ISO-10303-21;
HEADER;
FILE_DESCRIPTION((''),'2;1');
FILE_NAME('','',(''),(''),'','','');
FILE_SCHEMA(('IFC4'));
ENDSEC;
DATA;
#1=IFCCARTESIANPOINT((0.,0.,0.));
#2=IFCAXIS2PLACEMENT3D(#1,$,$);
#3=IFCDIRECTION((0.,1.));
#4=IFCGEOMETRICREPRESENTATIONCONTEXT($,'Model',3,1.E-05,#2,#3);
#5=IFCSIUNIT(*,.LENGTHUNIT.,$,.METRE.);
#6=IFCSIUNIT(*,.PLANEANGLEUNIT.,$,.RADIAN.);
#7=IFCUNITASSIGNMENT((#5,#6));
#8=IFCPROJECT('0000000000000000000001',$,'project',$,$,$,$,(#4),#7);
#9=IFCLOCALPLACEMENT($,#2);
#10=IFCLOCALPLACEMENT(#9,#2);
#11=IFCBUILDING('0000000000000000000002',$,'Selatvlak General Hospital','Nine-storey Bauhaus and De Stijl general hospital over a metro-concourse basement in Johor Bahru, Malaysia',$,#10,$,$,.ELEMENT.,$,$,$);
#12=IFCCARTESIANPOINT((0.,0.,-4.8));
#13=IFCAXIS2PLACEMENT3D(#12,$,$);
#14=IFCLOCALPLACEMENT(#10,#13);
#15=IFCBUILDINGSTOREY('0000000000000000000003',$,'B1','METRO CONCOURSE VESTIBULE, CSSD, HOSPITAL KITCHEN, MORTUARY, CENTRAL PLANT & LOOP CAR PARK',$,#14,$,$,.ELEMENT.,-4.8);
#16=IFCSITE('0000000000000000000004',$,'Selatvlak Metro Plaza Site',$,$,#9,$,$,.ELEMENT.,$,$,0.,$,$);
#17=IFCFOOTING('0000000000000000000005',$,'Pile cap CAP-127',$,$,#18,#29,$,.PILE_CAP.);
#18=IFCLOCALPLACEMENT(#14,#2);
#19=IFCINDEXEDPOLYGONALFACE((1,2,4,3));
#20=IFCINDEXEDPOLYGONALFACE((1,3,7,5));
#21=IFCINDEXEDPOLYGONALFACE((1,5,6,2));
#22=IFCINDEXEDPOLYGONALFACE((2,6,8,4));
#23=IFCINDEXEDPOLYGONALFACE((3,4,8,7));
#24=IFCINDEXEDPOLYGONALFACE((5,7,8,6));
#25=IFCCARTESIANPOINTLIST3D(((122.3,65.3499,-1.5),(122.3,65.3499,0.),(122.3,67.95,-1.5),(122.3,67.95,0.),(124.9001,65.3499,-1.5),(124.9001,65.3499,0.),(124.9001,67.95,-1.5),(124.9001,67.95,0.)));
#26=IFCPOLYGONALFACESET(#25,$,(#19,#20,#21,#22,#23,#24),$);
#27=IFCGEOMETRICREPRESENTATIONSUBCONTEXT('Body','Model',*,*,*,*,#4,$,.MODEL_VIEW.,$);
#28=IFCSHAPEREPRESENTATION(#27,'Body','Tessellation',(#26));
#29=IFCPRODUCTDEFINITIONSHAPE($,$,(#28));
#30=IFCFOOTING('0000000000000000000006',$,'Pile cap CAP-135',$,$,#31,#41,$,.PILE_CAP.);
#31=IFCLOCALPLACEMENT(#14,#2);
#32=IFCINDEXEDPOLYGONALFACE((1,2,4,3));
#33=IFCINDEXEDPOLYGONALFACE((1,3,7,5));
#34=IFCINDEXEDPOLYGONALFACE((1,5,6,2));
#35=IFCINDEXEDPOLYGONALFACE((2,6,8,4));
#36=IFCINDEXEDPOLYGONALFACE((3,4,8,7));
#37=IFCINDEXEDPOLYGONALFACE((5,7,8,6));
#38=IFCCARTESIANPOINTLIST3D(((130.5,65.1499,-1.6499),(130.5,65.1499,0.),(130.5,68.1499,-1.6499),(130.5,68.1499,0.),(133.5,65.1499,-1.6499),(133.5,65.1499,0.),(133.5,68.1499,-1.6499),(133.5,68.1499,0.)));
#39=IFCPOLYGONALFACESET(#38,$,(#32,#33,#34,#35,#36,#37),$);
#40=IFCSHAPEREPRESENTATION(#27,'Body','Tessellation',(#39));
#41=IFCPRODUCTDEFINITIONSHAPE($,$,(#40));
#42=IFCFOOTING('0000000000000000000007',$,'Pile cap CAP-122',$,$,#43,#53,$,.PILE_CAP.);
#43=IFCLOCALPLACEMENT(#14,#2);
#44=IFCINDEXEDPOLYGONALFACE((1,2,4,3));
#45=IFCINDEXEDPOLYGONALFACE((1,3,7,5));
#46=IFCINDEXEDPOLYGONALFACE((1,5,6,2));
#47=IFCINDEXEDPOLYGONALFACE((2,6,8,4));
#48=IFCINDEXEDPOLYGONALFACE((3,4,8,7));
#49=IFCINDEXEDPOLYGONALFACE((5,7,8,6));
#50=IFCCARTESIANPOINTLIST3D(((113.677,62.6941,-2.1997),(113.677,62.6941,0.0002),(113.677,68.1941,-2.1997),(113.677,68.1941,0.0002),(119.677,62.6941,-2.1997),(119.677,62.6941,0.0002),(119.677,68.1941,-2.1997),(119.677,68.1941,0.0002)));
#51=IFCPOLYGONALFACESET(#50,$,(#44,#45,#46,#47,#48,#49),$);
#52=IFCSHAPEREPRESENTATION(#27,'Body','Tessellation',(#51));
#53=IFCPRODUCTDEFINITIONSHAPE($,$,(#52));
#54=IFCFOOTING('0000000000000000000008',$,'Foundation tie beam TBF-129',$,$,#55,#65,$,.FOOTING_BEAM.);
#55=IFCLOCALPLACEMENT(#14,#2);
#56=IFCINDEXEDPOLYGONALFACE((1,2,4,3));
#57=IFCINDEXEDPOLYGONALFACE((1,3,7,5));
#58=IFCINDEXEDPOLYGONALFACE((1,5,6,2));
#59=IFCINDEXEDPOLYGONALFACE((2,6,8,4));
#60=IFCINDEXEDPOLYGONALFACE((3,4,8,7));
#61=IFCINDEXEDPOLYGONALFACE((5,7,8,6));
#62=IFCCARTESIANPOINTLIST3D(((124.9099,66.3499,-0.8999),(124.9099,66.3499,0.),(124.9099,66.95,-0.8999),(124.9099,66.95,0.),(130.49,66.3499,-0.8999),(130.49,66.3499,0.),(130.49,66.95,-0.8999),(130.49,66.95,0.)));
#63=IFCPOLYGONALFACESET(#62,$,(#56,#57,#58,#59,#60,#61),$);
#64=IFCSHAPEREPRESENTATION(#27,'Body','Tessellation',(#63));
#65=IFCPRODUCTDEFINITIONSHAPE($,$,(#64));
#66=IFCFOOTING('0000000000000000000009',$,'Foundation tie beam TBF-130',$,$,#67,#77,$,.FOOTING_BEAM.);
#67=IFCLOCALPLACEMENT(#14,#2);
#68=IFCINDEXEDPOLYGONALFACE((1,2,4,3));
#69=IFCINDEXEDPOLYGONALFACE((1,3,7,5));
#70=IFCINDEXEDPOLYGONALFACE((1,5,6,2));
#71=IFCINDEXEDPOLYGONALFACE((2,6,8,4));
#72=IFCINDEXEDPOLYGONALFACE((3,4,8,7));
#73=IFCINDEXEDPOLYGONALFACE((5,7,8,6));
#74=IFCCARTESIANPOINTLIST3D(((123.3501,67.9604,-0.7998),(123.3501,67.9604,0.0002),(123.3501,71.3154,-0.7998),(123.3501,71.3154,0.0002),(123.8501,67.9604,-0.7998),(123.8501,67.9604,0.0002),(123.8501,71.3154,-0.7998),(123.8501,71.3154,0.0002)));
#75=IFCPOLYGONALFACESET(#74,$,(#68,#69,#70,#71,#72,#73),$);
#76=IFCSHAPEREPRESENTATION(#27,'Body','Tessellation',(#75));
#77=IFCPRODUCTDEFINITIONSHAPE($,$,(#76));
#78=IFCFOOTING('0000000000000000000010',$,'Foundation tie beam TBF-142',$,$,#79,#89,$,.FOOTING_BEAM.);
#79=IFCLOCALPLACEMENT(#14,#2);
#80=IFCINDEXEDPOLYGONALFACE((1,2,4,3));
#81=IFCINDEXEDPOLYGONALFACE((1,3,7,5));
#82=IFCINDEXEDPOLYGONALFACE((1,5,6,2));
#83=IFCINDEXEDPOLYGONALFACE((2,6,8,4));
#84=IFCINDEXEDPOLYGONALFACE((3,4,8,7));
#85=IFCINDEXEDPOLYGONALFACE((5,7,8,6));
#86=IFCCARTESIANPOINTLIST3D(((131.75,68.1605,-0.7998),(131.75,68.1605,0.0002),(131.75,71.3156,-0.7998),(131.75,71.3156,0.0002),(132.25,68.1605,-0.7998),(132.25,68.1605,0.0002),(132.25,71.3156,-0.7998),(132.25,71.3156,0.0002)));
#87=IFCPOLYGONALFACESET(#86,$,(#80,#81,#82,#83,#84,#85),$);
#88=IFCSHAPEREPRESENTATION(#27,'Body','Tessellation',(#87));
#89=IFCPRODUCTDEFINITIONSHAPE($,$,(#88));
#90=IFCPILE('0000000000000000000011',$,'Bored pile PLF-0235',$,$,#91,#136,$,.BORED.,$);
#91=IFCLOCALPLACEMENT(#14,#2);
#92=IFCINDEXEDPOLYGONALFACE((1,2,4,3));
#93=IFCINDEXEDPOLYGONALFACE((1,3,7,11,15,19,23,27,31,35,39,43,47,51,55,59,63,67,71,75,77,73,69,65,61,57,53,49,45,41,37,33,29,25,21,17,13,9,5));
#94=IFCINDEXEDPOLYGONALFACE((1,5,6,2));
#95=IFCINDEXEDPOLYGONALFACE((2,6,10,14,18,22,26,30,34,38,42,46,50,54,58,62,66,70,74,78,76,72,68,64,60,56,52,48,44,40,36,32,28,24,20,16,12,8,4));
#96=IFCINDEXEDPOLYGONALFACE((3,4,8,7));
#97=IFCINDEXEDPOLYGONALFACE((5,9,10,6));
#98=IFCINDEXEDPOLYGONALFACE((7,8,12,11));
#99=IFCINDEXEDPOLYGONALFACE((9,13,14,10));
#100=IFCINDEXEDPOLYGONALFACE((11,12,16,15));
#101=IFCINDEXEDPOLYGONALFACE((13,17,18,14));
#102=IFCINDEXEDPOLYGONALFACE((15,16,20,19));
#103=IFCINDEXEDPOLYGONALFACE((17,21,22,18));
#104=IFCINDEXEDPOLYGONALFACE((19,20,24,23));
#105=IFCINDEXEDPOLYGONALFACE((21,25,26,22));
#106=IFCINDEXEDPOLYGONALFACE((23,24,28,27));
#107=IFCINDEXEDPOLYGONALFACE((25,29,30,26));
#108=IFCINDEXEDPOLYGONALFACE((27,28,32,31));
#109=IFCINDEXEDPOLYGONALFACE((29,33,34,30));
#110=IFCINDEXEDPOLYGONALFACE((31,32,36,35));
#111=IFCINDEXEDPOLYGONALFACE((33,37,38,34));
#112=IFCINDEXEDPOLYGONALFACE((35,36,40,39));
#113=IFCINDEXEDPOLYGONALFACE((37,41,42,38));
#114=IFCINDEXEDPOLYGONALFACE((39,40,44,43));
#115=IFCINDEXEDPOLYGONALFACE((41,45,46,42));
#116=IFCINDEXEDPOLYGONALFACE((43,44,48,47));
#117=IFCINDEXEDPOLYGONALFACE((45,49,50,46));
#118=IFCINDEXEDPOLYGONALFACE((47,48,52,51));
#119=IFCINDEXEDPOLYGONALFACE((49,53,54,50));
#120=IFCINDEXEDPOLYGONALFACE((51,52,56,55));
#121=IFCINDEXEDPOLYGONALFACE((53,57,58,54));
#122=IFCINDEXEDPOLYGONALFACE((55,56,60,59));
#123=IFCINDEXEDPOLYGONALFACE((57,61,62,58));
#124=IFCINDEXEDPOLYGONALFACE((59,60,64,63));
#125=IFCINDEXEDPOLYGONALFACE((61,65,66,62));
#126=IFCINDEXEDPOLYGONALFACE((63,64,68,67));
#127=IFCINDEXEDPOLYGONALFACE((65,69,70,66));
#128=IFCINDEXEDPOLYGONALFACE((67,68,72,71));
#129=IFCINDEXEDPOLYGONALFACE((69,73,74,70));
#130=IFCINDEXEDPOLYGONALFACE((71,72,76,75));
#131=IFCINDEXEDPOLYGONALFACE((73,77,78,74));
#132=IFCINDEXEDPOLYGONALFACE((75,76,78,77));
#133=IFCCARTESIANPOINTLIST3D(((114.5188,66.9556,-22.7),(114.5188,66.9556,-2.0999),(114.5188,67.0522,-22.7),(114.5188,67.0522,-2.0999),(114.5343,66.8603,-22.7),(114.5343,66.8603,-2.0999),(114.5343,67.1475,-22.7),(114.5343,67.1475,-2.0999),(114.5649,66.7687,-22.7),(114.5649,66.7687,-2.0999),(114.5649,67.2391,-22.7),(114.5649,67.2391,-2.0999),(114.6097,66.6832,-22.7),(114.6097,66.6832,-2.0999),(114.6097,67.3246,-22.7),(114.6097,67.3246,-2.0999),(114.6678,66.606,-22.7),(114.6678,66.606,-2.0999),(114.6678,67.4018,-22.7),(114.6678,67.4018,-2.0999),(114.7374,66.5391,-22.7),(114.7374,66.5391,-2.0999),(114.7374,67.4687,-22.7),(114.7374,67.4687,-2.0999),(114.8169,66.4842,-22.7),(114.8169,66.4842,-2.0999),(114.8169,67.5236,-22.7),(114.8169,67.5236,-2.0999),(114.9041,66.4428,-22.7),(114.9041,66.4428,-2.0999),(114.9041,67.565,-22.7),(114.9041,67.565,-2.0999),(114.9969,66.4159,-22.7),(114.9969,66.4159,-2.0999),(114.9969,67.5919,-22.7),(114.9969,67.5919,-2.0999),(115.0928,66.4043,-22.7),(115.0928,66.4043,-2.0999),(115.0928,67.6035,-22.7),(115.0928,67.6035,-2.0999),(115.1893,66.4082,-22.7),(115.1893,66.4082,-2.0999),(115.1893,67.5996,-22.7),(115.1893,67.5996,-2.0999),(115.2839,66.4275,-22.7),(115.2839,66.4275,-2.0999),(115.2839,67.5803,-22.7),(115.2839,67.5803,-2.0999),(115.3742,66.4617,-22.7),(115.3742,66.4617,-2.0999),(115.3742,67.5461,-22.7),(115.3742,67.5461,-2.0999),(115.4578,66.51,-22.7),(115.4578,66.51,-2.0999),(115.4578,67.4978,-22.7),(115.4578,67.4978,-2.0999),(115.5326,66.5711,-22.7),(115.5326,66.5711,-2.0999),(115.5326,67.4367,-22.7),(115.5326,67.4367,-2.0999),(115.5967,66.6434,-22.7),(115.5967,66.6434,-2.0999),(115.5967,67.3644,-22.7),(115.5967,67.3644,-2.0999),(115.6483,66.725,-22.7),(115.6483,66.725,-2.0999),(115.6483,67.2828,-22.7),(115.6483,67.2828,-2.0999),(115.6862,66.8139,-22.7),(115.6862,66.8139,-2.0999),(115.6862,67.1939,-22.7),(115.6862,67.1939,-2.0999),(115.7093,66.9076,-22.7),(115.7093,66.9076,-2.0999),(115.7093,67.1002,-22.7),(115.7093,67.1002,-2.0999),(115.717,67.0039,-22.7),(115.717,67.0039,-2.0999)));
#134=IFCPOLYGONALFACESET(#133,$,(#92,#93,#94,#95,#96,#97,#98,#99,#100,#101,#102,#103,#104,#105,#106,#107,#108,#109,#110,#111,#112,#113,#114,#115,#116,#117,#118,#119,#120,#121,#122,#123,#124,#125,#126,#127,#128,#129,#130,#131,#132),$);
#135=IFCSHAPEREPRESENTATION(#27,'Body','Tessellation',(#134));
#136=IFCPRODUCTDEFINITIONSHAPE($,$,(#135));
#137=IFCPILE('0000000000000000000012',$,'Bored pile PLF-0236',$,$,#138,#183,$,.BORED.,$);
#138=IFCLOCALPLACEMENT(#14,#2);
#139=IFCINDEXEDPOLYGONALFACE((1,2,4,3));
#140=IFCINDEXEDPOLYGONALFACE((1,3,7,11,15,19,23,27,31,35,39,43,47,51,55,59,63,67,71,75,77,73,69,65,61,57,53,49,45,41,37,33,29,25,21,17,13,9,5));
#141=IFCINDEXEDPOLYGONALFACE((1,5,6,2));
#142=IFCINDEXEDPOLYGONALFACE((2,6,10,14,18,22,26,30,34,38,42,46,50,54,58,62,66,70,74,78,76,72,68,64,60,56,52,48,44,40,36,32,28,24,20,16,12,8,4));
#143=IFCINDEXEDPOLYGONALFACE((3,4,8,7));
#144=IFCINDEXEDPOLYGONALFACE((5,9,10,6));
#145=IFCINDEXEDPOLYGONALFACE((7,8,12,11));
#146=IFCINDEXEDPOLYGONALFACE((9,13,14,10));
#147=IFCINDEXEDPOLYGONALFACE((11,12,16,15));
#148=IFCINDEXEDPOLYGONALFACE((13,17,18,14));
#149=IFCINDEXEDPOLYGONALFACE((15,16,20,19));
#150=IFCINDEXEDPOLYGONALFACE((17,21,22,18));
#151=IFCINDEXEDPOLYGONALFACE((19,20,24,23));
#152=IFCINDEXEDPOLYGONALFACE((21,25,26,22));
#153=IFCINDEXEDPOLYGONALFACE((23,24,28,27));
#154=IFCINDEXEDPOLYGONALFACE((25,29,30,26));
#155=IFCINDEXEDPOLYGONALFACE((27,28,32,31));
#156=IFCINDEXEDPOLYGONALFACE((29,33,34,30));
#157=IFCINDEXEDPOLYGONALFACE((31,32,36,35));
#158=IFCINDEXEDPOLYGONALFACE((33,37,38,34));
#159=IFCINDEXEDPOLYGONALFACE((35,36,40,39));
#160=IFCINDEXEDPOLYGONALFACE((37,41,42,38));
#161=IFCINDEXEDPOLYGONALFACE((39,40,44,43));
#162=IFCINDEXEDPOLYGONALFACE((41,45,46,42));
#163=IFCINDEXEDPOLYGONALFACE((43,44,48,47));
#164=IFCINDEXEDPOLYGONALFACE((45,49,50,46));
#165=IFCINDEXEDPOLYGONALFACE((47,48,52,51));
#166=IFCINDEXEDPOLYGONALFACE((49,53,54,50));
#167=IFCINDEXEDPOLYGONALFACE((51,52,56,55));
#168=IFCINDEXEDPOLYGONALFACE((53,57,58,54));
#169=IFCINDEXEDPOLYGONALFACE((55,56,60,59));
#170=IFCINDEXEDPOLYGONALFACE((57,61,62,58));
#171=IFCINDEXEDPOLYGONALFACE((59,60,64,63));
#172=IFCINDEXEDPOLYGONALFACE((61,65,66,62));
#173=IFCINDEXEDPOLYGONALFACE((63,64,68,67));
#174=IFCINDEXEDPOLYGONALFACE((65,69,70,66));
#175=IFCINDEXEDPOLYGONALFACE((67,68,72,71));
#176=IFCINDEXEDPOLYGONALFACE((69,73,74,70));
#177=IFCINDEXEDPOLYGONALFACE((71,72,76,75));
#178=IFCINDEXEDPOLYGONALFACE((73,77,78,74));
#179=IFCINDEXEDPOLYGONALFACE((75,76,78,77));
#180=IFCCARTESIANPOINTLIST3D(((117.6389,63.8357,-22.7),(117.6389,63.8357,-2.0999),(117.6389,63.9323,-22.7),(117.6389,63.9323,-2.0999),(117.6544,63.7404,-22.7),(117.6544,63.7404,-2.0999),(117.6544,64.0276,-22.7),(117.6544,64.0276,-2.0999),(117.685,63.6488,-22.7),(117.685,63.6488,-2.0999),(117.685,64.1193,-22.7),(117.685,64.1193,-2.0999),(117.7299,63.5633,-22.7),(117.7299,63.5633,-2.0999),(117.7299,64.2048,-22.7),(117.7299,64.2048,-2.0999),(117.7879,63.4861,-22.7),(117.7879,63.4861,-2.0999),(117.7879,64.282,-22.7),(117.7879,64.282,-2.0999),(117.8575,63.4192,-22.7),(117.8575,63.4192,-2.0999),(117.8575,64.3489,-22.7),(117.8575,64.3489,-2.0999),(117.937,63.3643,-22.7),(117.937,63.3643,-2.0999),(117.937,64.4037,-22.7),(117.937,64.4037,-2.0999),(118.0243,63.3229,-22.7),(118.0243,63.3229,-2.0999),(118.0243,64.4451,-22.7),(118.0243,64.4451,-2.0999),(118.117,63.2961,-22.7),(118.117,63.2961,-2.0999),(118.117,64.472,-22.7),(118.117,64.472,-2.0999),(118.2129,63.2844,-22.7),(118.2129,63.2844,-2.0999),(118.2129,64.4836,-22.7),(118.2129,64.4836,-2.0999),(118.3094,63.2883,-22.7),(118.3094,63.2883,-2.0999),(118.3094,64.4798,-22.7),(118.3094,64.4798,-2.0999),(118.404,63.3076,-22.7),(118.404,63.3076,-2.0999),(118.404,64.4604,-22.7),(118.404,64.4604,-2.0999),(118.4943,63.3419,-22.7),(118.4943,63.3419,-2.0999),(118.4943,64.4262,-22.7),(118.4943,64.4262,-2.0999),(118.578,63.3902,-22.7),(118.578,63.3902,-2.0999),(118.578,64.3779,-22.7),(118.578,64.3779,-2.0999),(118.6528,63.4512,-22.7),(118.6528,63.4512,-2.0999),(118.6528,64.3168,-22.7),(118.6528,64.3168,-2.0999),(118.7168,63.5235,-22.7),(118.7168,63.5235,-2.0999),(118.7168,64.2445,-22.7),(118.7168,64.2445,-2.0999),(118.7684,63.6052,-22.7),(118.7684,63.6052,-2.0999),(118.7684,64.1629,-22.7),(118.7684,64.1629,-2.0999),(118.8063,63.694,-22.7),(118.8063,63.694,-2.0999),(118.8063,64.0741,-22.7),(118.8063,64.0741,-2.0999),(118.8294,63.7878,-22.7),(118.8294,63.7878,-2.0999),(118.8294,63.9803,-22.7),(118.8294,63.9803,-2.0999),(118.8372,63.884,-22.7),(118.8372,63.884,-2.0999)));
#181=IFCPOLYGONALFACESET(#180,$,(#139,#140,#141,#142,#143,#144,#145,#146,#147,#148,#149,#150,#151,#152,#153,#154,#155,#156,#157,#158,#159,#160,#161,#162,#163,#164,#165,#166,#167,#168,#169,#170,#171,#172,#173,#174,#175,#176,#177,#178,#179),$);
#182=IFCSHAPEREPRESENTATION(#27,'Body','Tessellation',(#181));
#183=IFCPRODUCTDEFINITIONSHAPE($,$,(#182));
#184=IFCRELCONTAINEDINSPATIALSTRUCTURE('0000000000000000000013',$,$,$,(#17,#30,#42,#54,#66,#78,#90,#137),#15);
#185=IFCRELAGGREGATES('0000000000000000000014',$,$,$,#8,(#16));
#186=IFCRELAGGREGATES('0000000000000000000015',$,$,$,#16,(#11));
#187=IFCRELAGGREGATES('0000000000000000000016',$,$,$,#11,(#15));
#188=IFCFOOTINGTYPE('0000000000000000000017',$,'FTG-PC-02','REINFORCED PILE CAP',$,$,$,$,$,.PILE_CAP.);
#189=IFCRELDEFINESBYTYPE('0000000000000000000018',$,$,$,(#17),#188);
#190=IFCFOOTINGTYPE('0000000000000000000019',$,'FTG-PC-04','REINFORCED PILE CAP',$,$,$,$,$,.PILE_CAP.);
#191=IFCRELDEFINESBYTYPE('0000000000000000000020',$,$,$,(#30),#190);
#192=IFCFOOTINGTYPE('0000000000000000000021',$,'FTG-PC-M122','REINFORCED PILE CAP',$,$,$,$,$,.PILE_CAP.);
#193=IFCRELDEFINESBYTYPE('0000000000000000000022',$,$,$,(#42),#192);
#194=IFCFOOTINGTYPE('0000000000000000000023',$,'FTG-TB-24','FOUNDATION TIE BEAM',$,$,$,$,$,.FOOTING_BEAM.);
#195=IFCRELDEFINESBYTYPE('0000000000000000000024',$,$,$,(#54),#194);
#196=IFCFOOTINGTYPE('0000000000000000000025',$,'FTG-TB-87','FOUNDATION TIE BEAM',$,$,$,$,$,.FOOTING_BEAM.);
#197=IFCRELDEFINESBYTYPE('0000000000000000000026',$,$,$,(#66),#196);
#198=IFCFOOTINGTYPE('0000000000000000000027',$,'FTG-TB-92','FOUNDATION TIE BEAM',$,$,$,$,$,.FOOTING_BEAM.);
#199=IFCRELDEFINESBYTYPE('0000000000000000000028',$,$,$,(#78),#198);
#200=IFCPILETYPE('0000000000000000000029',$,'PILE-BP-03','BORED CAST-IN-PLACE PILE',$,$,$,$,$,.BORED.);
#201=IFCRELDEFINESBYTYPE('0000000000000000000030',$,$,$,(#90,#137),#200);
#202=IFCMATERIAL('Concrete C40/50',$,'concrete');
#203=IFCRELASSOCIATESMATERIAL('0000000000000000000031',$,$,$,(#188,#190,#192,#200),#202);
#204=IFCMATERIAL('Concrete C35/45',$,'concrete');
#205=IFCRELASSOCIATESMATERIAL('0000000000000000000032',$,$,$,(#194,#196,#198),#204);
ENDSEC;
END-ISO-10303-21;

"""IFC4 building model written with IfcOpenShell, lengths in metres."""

from ifc_helpers import new_model, si_unit, direction, frame, origin, origin_2d, place, context, subcontext, project, spatial, rectangle, circle, extrude, material, material_profile, profile_set, type_object, element, save


model = new_model("IFC4")

# Units and contexts
model_context = context("Model", 3, precision=1e-05, world=origin(), true_north=direction((0.0, 1.0)))
body_context = subcontext(model_context, "Body", "Model", "MODEL_VIEW")
ifc_project = project(units=[si_unit("LENGTHUNIT", "METRE"), si_unit("PLANEANGLEUNIT", "RADIAN")], contexts=[model_context])

# Site, building, storey
site_placement = place(None, origin())
site = spatial("IfcSite", under=ifc_project, at=site_placement, Name="Selatvlak Metro Plaza Site", CompositionType="ELEMENT", RefElevation=0.0)
building_placement = place(site_placement, origin())
building = spatial("IfcBuilding", under=site, at=building_placement, Name="Selatvlak General Hospital", Description="Nine-storey Bauhaus and De Stijl general hospital over a metro-concourse basement in Johor Bahru, Malaysia", CompositionType="ELEMENT")
storey_placement = place(building_placement, frame((0.0, 0.0, -4.8)))
storey = spatial("IfcBuildingStorey", under=building, at=storey_placement, Name="B1", Description="METRO CONCOURSE VESTIBULE, CSSD, HOSPITAL KITCHEN, MORTUARY, CENTRAL PLANT & LOOP CAR PARK", CompositionType="ELEMENT", Elevation=-4.8)

# Footings
ifc_material_1 = material(Name="Concrete C40/50", Category="concrete")
footing_type_1 = type_object("IfcFootingType", Name="FTG-PC-02", Description="REINFORCED PILE CAP", PredefinedType="PILE_CAP", material=ifc_material_1)
footing_1_placement = place(storey_placement, frame((123.6001, 66.6499, -1.5), z_axis=(0.0, 0.0, 1.0), x_axis=(1.0, 0.0, 0.0)))
element("IfcFooting", 1, at=footing_1_placement, inside=storey, type_object=footing_type_1, Name="Pile cap CAP-127", PredefinedType="PILE_CAP", context=body_context, shape_type="SweptSolid", body=[
    extrude(rectangle(XDim=2.6001, YDim=2.6001, at=origin_2d()), origin(), (0.0, 0.0, 1.0), 1.5),
])
footing_type_2 = type_object("IfcFootingType", Name="FTG-PC-04", Description="REINFORCED PILE CAP", PredefinedType="PILE_CAP", material=ifc_material_1)
footing_2_placement = place(storey_placement, frame((132.0, 66.6499, -1.6499), z_axis=(0.0, 0.0, 1.0), x_axis=(1.0, 0.0, 0.0)))
element("IfcFooting", 2, at=footing_2_placement, inside=storey, type_object=footing_type_2, Name="Pile cap CAP-135", PredefinedType="PILE_CAP", context=body_context, shape_type="SweptSolid", body=[
    extrude(rectangle(XDim=3.0, YDim=3.0, at=origin_2d()), origin(), (0.0, 0.0, 1.0), 1.6499),
])
footing_type_3 = type_object("IfcFootingType", Name="FTG-PC-M122", Description="REINFORCED PILE CAP", PredefinedType="PILE_CAP", material=ifc_material_1)
footing_3_placement = place(storey_placement, frame((116.677, 65.4441, -2.1997), z_axis=(0.0, 0.0, 1.0), x_axis=(1.0, 0.0, 0.0)))
element("IfcFooting", 3, at=footing_3_placement, inside=storey, type_object=footing_type_3, Name="Pile cap CAP-122", PredefinedType="PILE_CAP", context=body_context, shape_type="SweptSolid", body=[
    extrude(rectangle(XDim=6.0, YDim=5.5, at=origin_2d()), origin(), (0.0, 0.0, 1.0), 2.2),
])
ifc_material_2 = material(Name="Concrete C35/45", Category="concrete")
footing_type_4 = type_object("IfcFootingType", Name="FTG-TB-24", Description="FOUNDATION TIE BEAM", PredefinedType="FOOTING_BEAM", material=ifc_material_2)
footing_4_placement = place(storey_placement, frame((127.7, 66.6499, -0.8999), z_axis=(0.0, 0.0, 1.0), x_axis=(1.0, 0.0, 0.0)))
element("IfcFooting", 4, at=footing_4_placement, inside=storey, type_object=footing_type_4, Name="Foundation tie beam TBF-129", PredefinedType="FOOTING_BEAM", context=body_context, shape_type="SweptSolid", body=[
    extrude(rectangle(XDim=5.5801, YDim=0.6001, at=origin_2d()), origin(), (0.0, 0.0, 1.0), 0.8999),
])
footing_type_5 = type_object("IfcFootingType", Name="FTG-TB-87", Description="FOUNDATION TIE BEAM", PredefinedType="FOOTING_BEAM", material=ifc_material_2)
footing_5_placement = place(storey_placement, frame((123.6001, 69.6379, -0.7998), z_axis=(0.0, 0.0, 1.0), x_axis=(0.0, 1.0, 0.0)))
element("IfcFooting", 5, at=footing_5_placement, inside=storey, type_object=footing_type_5, Name="Foundation tie beam TBF-130", PredefinedType="FOOTING_BEAM", context=body_context, shape_type="SweptSolid", body=[
    extrude(rectangle(XDim=3.355, YDim=0.5, at=origin_2d()), origin(), (0.0, 0.0, 1.0), 0.8),
])
footing_type_6 = type_object("IfcFootingType", Name="FTG-TB-92", Description="FOUNDATION TIE BEAM", PredefinedType="FOOTING_BEAM", material=ifc_material_2)
footing_6_placement = place(storey_placement, frame((132.0, 69.738, -0.7998), z_axis=(0.0, 0.0, 1.0), x_axis=(0.0, 1.0, 0.0)))
element("IfcFooting", 6, at=footing_6_placement, inside=storey, type_object=footing_type_6, Name="Foundation tie beam TBF-142", PredefinedType="FOOTING_BEAM", context=body_context, shape_type="SweptSolid", body=[
    extrude(rectangle(XDim=3.155, YDim=0.5, at=origin_2d()), origin(), (0.0, 0.0, 1.0), 0.8),
])

# Piles
ifc_material_profile_1 = material_profile(ifc_material_1, circle(Radius=0.6001, at=origin_2d()), Name="BORED PILE 1200")
ifc_profile_set_1 = profile_set([ifc_material_profile_1], Name="Concrete C40/50")
pile_type_1 = type_object("IfcPileType", Name="PILE-BP-03", Description="BORED CAST-IN-PLACE PILE", PredefinedType="BORED", material=ifc_profile_set_1)
for number, where, z_axis, x_axis, name in (
    (7, (115.1169, 67.0039, -2.0999), (0.0, 0.0, -1.0), (1.0, 0.0, 0.0), "Bored pile PLF-0235"),
    (8, (118.2371, 63.884, -2.0999), (0.0, 0.0, -1.0), (1.0, 0.0, 0.0), "Bored pile PLF-0236"),
):
    element("IfcPile", number, at=place(storey_placement, frame(where, z_axis=z_axis, x_axis=x_axis)), inside=storey, type_object=pile_type_1, Name=name, PredefinedType="BORED", context=body_context, shape_type="SweptSolid", body=[
        extrude(circle(Radius=0.6001, at=origin_2d()), origin(), (0.0, 0.0, 1.0), 20.6001),
    ])

save(model, "model.ifc")
